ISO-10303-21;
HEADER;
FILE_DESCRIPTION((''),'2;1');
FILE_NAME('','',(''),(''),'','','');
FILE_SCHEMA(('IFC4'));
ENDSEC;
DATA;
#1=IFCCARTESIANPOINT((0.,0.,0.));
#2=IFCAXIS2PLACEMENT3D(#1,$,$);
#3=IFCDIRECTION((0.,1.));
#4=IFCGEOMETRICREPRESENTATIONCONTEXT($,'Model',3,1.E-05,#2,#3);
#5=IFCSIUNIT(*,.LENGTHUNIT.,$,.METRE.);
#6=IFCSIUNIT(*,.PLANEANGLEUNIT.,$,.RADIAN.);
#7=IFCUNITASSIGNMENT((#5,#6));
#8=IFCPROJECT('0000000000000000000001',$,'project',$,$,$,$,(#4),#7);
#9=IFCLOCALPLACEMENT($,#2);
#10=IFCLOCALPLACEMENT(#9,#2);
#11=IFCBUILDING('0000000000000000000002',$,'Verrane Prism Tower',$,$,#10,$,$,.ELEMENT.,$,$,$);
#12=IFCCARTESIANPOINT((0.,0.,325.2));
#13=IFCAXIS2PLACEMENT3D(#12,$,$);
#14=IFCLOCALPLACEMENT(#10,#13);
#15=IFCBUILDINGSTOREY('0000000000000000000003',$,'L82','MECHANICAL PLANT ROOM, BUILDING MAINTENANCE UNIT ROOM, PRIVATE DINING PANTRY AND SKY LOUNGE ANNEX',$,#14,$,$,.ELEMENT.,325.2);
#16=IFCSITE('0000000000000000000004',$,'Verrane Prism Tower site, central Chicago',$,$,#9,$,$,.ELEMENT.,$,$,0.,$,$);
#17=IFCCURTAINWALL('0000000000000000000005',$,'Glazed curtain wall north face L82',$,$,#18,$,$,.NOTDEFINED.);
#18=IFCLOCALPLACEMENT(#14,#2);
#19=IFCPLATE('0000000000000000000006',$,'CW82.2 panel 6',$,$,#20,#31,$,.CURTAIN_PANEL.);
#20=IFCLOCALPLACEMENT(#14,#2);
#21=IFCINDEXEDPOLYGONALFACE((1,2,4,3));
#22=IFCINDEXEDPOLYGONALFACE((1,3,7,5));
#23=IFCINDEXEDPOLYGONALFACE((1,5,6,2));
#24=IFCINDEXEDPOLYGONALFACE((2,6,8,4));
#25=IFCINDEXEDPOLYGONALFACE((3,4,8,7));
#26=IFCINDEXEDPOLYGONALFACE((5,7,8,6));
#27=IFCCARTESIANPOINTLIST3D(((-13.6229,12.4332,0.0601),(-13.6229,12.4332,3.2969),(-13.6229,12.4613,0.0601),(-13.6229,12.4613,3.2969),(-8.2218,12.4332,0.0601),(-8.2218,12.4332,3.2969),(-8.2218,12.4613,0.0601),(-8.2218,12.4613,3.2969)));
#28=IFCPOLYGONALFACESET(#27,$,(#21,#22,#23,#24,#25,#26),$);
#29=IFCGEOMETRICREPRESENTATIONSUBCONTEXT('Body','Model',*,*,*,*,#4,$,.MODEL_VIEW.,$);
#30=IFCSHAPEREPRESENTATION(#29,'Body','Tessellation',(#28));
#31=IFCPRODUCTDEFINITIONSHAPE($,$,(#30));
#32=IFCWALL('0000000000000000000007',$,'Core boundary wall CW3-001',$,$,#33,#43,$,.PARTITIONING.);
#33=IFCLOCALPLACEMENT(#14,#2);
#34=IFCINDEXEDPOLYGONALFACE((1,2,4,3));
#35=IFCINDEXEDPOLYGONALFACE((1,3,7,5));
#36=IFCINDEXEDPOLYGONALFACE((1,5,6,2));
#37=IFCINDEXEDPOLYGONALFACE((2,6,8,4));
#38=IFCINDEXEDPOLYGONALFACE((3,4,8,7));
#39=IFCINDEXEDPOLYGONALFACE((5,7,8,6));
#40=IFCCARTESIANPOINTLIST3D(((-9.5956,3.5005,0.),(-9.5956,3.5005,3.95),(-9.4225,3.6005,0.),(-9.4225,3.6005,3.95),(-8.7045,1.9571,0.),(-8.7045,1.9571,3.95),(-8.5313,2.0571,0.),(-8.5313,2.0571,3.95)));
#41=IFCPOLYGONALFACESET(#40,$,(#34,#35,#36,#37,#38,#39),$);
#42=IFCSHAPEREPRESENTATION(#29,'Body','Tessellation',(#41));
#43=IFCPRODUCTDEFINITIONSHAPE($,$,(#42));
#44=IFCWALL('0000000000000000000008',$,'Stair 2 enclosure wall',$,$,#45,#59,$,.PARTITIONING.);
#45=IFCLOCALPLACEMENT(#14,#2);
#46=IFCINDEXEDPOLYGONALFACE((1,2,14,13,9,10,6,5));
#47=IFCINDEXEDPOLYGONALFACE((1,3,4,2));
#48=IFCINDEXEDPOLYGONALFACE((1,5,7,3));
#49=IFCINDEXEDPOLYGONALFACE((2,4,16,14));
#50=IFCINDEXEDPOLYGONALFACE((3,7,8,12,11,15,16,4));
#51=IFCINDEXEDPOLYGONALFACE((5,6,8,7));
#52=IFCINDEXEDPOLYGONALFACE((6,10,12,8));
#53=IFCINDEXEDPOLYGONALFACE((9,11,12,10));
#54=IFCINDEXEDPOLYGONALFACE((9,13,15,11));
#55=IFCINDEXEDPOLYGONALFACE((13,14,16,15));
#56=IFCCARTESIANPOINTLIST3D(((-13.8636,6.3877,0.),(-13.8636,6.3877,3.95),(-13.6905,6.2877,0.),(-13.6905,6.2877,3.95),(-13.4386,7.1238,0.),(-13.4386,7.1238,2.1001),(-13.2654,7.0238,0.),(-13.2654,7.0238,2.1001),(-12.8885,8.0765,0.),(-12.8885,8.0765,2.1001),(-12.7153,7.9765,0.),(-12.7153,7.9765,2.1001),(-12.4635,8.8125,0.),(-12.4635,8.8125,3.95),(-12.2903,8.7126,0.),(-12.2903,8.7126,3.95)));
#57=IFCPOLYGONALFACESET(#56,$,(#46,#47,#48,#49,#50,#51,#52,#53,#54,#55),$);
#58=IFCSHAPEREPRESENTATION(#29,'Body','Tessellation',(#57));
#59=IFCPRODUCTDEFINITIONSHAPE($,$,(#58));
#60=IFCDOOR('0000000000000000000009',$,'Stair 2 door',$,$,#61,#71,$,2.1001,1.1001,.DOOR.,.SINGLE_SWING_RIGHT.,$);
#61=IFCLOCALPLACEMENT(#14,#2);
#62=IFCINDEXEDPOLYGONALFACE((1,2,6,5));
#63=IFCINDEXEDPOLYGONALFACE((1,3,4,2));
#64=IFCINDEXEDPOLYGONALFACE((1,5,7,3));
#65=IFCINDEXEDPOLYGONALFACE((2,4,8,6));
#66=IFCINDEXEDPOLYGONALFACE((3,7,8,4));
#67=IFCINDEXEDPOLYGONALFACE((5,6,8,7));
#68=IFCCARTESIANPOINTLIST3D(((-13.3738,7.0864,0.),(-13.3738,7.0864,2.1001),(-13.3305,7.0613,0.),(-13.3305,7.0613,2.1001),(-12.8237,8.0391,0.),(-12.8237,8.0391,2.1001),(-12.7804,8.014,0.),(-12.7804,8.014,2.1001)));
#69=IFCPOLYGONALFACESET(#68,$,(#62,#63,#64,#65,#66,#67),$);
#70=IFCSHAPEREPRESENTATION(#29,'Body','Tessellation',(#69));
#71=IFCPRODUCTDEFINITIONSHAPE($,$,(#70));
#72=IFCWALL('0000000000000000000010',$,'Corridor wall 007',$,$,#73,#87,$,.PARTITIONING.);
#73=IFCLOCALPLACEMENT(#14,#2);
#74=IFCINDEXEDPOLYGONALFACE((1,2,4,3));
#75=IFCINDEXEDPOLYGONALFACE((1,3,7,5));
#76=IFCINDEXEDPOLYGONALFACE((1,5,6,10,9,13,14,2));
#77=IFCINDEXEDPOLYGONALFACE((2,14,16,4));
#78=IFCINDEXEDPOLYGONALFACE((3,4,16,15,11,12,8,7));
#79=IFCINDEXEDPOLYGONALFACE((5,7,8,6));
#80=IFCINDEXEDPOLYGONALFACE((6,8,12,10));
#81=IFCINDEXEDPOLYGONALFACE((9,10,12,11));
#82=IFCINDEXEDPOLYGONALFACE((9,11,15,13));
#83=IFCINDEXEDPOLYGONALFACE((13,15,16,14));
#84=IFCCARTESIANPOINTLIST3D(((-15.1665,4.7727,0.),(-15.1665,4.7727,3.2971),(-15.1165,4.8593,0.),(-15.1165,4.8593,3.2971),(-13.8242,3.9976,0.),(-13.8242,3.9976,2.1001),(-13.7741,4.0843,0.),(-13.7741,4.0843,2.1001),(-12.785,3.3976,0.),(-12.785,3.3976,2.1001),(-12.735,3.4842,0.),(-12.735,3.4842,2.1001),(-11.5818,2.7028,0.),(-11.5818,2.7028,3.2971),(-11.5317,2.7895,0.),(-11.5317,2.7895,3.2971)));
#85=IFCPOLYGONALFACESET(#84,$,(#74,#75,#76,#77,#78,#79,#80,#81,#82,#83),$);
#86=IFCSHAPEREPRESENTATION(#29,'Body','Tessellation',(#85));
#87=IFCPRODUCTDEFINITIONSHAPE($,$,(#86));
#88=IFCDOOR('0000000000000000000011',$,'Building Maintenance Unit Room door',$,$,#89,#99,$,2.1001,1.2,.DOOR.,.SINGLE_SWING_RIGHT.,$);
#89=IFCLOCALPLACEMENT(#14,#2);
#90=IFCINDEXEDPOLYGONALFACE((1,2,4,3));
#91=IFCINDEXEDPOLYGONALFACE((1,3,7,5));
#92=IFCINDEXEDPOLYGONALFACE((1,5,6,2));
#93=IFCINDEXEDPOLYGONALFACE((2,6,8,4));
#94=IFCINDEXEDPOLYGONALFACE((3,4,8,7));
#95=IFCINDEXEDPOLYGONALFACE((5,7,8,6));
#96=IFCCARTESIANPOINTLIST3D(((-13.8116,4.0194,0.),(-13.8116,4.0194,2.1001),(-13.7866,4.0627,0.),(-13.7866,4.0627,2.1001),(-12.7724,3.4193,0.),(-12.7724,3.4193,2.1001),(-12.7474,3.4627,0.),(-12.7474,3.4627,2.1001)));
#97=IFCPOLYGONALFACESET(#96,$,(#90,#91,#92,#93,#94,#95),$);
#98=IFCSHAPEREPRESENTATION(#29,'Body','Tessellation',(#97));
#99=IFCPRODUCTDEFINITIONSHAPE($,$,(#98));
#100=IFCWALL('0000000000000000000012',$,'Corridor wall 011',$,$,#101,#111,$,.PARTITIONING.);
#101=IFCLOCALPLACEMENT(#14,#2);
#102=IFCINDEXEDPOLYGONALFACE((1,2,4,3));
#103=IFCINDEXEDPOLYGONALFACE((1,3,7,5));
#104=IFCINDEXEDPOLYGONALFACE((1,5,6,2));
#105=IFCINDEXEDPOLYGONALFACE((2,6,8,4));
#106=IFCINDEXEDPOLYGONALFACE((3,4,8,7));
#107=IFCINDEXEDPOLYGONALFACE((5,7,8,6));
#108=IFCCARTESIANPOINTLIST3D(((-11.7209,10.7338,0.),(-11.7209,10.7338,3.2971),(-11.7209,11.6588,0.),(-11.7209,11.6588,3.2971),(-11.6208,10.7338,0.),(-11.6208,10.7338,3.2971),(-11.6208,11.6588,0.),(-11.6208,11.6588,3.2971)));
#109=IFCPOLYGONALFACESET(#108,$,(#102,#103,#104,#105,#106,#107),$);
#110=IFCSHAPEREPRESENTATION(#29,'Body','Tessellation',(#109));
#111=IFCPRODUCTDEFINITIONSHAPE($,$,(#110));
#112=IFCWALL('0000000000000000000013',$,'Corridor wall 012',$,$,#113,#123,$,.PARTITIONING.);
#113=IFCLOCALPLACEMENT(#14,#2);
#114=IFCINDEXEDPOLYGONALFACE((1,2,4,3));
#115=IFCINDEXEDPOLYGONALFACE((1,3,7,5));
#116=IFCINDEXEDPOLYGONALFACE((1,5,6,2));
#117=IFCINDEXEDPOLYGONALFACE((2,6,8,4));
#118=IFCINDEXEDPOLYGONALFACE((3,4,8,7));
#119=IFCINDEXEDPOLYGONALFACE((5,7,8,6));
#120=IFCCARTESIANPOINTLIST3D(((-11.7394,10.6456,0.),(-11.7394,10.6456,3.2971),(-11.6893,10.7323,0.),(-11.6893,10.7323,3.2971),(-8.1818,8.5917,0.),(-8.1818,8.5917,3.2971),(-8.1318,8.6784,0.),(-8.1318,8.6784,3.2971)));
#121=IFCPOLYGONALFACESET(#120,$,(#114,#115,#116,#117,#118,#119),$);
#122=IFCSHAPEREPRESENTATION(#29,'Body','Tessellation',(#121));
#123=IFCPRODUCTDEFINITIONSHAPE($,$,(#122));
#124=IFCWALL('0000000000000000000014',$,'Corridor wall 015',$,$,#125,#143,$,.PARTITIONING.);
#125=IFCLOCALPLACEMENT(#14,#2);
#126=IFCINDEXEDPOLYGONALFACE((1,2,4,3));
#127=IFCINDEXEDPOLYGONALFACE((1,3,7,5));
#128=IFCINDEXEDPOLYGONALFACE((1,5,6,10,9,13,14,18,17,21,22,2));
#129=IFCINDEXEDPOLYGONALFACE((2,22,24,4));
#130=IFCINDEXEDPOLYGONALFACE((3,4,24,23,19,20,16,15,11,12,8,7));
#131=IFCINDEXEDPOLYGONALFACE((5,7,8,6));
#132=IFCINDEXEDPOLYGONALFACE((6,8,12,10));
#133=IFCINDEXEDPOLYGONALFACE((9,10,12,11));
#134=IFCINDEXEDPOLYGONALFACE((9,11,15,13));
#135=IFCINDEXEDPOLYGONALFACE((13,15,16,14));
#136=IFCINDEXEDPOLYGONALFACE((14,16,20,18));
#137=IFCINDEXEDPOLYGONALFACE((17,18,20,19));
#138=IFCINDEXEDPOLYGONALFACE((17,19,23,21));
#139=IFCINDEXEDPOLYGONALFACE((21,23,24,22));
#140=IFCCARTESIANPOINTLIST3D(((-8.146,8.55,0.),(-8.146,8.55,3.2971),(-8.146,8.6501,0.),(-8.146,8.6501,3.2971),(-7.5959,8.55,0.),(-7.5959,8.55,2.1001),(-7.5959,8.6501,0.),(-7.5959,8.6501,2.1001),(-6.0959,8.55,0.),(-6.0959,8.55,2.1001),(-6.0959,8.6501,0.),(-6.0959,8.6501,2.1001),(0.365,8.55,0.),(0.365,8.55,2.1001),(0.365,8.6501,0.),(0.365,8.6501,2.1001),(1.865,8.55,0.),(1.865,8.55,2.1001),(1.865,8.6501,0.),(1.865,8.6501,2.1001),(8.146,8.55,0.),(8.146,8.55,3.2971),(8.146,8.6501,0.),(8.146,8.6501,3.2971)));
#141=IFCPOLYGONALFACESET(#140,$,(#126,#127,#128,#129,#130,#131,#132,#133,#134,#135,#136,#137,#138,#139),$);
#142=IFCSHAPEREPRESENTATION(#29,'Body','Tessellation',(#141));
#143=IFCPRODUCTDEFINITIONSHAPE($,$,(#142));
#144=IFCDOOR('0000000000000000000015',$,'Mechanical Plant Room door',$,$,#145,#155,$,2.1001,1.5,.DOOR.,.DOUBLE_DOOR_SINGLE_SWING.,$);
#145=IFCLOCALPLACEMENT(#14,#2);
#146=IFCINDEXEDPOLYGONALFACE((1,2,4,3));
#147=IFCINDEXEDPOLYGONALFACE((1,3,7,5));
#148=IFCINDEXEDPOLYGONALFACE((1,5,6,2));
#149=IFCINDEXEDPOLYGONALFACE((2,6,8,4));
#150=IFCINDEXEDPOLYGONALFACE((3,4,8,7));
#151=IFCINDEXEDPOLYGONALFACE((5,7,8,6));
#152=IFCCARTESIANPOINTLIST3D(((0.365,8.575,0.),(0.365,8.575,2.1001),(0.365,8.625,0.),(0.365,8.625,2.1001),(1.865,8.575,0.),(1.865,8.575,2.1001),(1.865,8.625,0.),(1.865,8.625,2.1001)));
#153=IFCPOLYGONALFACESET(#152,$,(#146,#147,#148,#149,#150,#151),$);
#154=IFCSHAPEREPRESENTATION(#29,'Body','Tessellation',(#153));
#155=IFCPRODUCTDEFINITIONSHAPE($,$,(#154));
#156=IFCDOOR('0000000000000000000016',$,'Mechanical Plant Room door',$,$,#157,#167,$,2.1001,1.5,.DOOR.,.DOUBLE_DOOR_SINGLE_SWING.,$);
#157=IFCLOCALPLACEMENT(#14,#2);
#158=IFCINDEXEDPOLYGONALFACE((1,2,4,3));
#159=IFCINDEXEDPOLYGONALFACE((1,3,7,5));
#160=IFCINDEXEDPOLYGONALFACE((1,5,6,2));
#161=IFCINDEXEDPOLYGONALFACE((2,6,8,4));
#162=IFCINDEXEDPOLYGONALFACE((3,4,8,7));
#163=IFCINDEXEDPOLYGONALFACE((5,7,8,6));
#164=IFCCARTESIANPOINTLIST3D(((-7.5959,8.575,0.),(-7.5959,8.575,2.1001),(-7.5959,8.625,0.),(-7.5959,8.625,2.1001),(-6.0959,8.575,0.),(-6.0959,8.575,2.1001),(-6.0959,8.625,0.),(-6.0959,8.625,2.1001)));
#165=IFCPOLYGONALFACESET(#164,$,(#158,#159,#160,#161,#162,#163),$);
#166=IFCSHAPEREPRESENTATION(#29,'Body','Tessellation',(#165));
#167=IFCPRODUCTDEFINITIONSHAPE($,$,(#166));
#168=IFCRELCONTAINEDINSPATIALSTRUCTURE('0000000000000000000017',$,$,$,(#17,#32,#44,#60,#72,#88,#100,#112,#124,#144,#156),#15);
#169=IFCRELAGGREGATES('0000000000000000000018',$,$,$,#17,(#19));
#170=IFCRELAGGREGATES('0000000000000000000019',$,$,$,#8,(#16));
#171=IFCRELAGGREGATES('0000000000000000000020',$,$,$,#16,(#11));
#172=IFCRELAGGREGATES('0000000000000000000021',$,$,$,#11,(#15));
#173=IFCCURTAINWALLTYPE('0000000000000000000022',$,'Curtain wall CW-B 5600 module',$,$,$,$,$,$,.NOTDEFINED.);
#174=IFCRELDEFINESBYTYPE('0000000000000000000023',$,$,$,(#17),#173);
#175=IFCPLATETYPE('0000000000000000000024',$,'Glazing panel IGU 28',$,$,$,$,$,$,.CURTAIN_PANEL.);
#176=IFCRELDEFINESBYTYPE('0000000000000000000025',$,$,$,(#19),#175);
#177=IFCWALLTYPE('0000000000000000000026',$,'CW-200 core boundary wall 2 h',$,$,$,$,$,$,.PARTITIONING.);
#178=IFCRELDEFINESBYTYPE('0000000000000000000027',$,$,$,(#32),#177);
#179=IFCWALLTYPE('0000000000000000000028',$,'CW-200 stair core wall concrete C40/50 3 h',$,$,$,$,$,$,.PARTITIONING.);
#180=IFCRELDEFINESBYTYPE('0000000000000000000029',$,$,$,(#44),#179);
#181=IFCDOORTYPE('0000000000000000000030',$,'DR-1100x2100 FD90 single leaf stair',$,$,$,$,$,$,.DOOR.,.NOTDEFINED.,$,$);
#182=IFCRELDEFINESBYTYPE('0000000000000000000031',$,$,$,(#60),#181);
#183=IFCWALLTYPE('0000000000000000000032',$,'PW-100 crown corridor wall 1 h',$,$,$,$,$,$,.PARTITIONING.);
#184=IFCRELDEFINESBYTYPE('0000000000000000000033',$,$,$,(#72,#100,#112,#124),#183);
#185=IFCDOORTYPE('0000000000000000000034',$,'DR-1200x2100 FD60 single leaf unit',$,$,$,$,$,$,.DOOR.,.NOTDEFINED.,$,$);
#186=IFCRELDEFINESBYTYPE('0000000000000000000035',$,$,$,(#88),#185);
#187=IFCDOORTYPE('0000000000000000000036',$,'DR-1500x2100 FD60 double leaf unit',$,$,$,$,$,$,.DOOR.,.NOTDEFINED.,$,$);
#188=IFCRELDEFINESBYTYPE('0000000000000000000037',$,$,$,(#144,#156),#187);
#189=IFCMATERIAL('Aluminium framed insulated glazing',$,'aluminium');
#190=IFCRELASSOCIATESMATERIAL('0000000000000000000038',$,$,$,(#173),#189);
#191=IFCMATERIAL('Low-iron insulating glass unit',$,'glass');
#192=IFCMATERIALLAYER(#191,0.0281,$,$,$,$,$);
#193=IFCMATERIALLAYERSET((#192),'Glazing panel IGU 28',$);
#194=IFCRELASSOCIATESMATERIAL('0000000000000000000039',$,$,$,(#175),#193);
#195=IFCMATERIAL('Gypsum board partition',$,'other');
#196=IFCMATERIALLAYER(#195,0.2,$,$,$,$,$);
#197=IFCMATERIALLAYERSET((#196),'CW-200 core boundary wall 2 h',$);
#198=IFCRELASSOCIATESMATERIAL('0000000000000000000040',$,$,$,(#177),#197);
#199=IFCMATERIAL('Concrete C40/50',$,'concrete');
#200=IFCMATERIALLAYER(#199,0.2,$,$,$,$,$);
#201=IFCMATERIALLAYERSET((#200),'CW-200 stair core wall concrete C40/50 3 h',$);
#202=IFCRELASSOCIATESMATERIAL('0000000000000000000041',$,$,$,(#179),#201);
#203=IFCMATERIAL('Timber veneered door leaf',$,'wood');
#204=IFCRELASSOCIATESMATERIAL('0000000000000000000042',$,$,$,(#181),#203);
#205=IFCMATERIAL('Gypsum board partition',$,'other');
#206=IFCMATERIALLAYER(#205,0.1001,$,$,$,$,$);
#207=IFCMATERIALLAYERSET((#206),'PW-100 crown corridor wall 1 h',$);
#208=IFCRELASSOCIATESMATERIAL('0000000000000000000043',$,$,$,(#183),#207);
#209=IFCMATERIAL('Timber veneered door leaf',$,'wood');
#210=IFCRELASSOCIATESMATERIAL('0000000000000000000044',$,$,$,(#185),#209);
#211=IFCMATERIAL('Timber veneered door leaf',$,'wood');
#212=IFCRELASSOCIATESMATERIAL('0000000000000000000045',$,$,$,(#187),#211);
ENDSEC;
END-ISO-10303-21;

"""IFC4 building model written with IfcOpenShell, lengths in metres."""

from ifc_helpers import new_model, si_unit, direction, frame, frame_2d, origin, origin_2d, place, context, subcontext, project, spatial, rectangle, extrude, material, layer, layer_set, type_object, element, fill, aggregate, save


model = new_model("IFC4")

# Units and contexts
model_context = context("Model", 3, precision=1e-05, world=origin(), true_north=direction((0.0, 1.0)))
body_context = subcontext(model_context, "Body", "Model", "MODEL_VIEW")
ifc_project = project(units=[si_unit("LENGTHUNIT", "METRE"), si_unit("PLANEANGLEUNIT", "RADIAN")], contexts=[model_context])

# Site, building, storey
site_placement = place(None, origin())
site = spatial("IfcSite", under=ifc_project, at=site_placement, Name="Verrane Prism Tower site, central Chicago", CompositionType="ELEMENT", RefElevation=0.0)
building_placement = place(site_placement, origin())
building = spatial("IfcBuilding", under=site, at=building_placement, Name="Verrane Prism Tower", CompositionType="ELEMENT")
storey_placement = place(building_placement, frame((0.0, 0.0, 325.2)))
storey = spatial("IfcBuildingStorey", under=building, at=storey_placement, Name="L82", Description="MECHANICAL PLANT ROOM, BUILDING MAINTENANCE UNIT ROOM, PRIVATE DINING PANTRY AND SKY LOUNGE ANNEX", CompositionType="ELEMENT", Elevation=325.2)

# Curtain wall
ifc_material_1 = material(Name="Aluminium framed insulated glazing", Category="aluminium")
curtain_wall_type = type_object("IfcCurtainWallType", Name="Curtain wall CW-B 5600 module", PredefinedType="NOTDEFINED", material=ifc_material_1)
curtain_wall_placement = place(storey_placement, origin())
curtain_wall = element("IfcCurtainWall", 1, at=curtain_wall_placement, inside=storey, type_object=curtain_wall_type, Name="Glazed curtain wall north face L82", PredefinedType="NOTDEFINED")

# Plate
ifc_material_2 = material(Name="Low-iron insulating glass unit", Category="glass")
ifc_layer_1 = layer(ifc_material_2, 0.0281)
ifc_layer_set_1 = layer_set([ifc_layer_1], Name="Glazing panel IGU 28")
plate_type = type_object("IfcPlateType", Name="Glazing panel IGU 28", PredefinedType="CURTAIN_PANEL", material=ifc_layer_set_1)
plate_placement = place(storey_placement, frame((-10.9224, 12.4473, 0.0601), z_axis=(0.0, 0.0, 1.0), x_axis=(-1.0, 0.0, 0.0)))
plate = element("IfcPlate", 2, at=plate_placement, type_object=plate_type, Name="CW82.2 panel 6", PredefinedType="CURTAIN_PANEL", context=body_context, shape_type="SweptSolid", body=[
    extrude(rectangle(XDim=5.4011, YDim=0.0281, at=origin_2d()), origin(), (0.0, 0.0, 1.0), 3.2368),
])
aggregate(curtain_wall, [plate])

# Wall
ifc_material_3 = material(Name="Gypsum board partition", Category="other")
ifc_layer_2 = layer(ifc_material_3, 0.2)
ifc_layer_set_2 = layer_set([ifc_layer_2], Name="CW-200 core boundary wall 2 h")
wall_type_1 = type_object("IfcWallType", Name="CW-200 core boundary wall 2 h", PredefinedType="PARTITIONING", material=ifc_layer_set_2)
wall_1_placement = place(storey_placement, frame((-9.509, 3.5505, 0.0), z_axis=(0.0, 0.0, 1.0), x_axis=(0.499999, -0.866026, 0.0)))
element("IfcWall", 3, at=wall_1_placement, inside=storey, type_object=wall_type_1, Name="Core boundary wall CW3-001", PredefinedType="PARTITIONING", context=body_context, shape_type="SweptSolid", body=[
    extrude(rectangle(XDim=1.7822, YDim=0.2, at=frame_2d((0.8911, 0.0))), origin(), (0.0, 0.0, 1.0), 3.95),
])

# Walls, openings, doors
ifc_material_4 = material(Name="Concrete C40/50", Category="concrete")
ifc_layer_3 = layer(ifc_material_4, 0.2)
ifc_layer_set_3 = layer_set([ifc_layer_3], Name="CW-200 stair core wall concrete C40/50 3 h")
wall_type_2 = type_object("IfcWallType", Name="CW-200 stair core wall concrete C40/50 3 h", PredefinedType="PARTITIONING", material=ifc_layer_set_3)
wall_2_placement = place(storey_placement, frame((-12.377, 8.7625, 0.0), z_axis=(0.0, 0.0, 1.0), x_axis=(-0.50005, -0.865997, 0.0)))
wall_2 = element("IfcWall", 4, at=wall_2_placement, inside=storey, type_object=wall_type_2, Name="Stair 2 enclosure wall", PredefinedType="PARTITIONING", context=body_context, shape_type="SweptSolid", body=[
    extrude(rectangle(XDim=2.8, YDim=0.2, at=frame_2d((1.3999, 0.0))), origin(), (0.0, 0.0, 1.0), 3.95),
])
opening_1_placement = place(wall_2_placement, frame((0.8499, 0.0, 0.0)))
opening_1 = element("IfcOpeningElement", 5, at=opening_1_placement, cuts=wall_2, PredefinedType="OPENING", context=body_context, shape_type="SweptSolid", body=[
    extrude(rectangle(XDim=1.1001, YDim=2.1001, at=frame_2d((0.55, 1.05))), frame((0.0, 0.1099, 0.0), z_axis=(0.0, -1.0, 0.0), x_axis=(1.0, 0.0, 0.0)), (0.0, 0.0, 1.0), 0.22),
])
ifc_material_5 = material(Name="Timber veneered door leaf", Category="wood")
door_type_1 = type_object("IfcDoorType", Name="DR-1100x2100 FD90 single leaf stair", OperationType="NOTDEFINED", PredefinedType="DOOR", material=ifc_material_5)
door_1_placement = place(opening_1_placement, origin())
door_1 = element("IfcDoor", 6, at=door_1_placement, inside=storey, type_object=door_type_1, Name="Stair 2 door", OperationType="SINGLE_SWING_RIGHT", OverallHeight=2.1001, OverallWidth=1.1001, PredefinedType="DOOR", context=body_context, shape_type="SweptSolid", body=[
    extrude(rectangle(XDim=1.1001, YDim=2.1001, at=frame_2d((0.55, 1.05))), frame((0.0, 0.0249, 0.0), z_axis=(0.0, -1.0, 0.0), x_axis=(1.0, 0.0, 0.0)), (0.0, 0.0, 1.0), 0.05),
])
fill(opening_1, door_1)
ifc_material_6 = material(Name="Gypsum board partition", Category="other")
ifc_layer_4 = layer(ifc_material_6, 0.1001)
ifc_layer_set_4 = layer_set([ifc_layer_4], Name="PW-100 crown corridor wall 1 h")
wall_type_3 = type_object("IfcWallType", Name="PW-100 crown corridor wall 1 h", PredefinedType="PARTITIONING", material=ifc_layer_set_4)
wall_3_placement = place(storey_placement, frame((-11.5566, 2.7461, 0.0), z_axis=(0.0, 0.0, 1.0), x_axis=(-0.866006, 0.500034, 0.0)))
wall_3 = element("IfcWall", 7, at=wall_3_placement, inside=storey, type_object=wall_type_3, Name="Corridor wall 007", PredefinedType="PARTITIONING", context=body_context, shape_type="SweptSolid", body=[
    extrude(rectangle(XDim=4.1394, YDim=0.1001, at=frame_2d((2.0698, 0.0))), origin(), (0.0, 0.0, 1.0), 3.2971),
])
opening_2_placement = place(wall_3_placement, frame((1.3894, 0.0, 0.0)))
opening_2 = element("IfcOpeningElement", 8, at=opening_2_placement, cuts=wall_3, PredefinedType="OPENING", context=body_context, shape_type="SweptSolid", body=[
    extrude(rectangle(XDim=1.2, YDim=2.1001, at=frame_2d((0.6001, 1.05))), frame((0.0, 0.0601, 0.0), z_axis=(0.0, -1.0, 0.0), x_axis=(1.0, 0.0, 0.0)), (0.0, 0.0, 1.0), 0.1201),
])
ifc_material_7 = material(Name="Timber veneered door leaf", Category="wood")
door_type_2 = type_object("IfcDoorType", Name="DR-1200x2100 FD60 single leaf unit", OperationType="NOTDEFINED", PredefinedType="DOOR", material=ifc_material_7)
door_2_placement = place(opening_2_placement, origin())
door_2 = element("IfcDoor", 9, at=door_2_placement, inside=storey, type_object=door_type_2, Name="Building Maintenance Unit Room door", OperationType="SINGLE_SWING_RIGHT", OverallHeight=2.1001, OverallWidth=1.2, PredefinedType="DOOR", context=body_context, shape_type="SweptSolid", body=[
    extrude(rectangle(XDim=1.2, YDim=2.1001, at=frame_2d((0.6001, 1.05))), frame((0.0, 0.0249, 0.0), z_axis=(0.0, -1.0, 0.0), x_axis=(1.0, 0.0, 0.0)), (0.0, 0.0, 1.0), 0.05),
])
fill(opening_2, door_2)

# Walls
wall_4_placement = place(storey_placement, frame((-11.6709, 10.7339, 0.0), z_axis=(0.0, 0.0, 1.0), x_axis=(0.0, 1.0, 0.0)))
element("IfcWall", 10, at=wall_4_placement, inside=storey, type_object=wall_type_3, Name="Corridor wall 011", PredefinedType="PARTITIONING", context=body_context, shape_type="SweptSolid", body=[
    extrude(rectangle(XDim=0.925, YDim=0.1001, at=frame_2d((0.4624, 0.0))), origin(), (0.0, 0.0, 1.0), 3.2971),
])
wall_5_placement = place(storey_placement, frame((-11.7144, 10.689, 0.0), z_axis=(0.0, 0.0, 1.0), x_axis=(0.866029, -0.499993, 0.0)))
element("IfcWall", 11, at=wall_5_placement, inside=storey, type_object=wall_type_3, Name="Corridor wall 012", PredefinedType="PARTITIONING", context=body_context, shape_type="SweptSolid", body=[
    extrude(rectangle(XDim=4.1079, YDim=0.1001, at=frame_2d((2.054, 0.0))), origin(), (0.0, 0.0, 1.0), 3.2971),
])

# Wall, openings, doors
wall_6_placement = place(storey_placement, frame((-8.146, 8.6001, 0.0), z_axis=(0.0, 0.0, 1.0), x_axis=(1.0, 0.0, 0.0)))
wall_6 = element("IfcWall", 12, at=wall_6_placement, inside=storey, type_object=wall_type_3, Name="Corridor wall 015", PredefinedType="PARTITIONING", context=body_context, shape_type="SweptSolid", body=[
    extrude(rectangle(XDim=16.292, YDim=0.1001, at=frame_2d((8.146, 0.0))), origin(), (0.0, 0.0, 1.0), 3.2971),
])
opening_3_placement = place(wall_6_placement, frame((8.511, 0.0, 0.0)))
opening_3 = element("IfcOpeningElement", 13, at=opening_3_placement, cuts=wall_6, PredefinedType="OPENING", context=body_context, shape_type="SweptSolid", body=[
    extrude(rectangle(XDim=1.5, YDim=2.1001, at=frame_2d((0.75, 1.05))), frame((0.0, 0.0601, 0.0), z_axis=(0.0, -1.0, 0.0), x_axis=(1.0, 0.0, 0.0)), (0.0, 0.0, 1.0), 0.1201),
])
opening_4_placement = place(wall_6_placement, frame((0.55, 0.0, 0.0)))
opening_4 = element("IfcOpeningElement", 14, at=opening_4_placement, cuts=wall_6, PredefinedType="OPENING", context=body_context, shape_type="SweptSolid", body=[
    extrude(rectangle(XDim=1.5, YDim=2.1001, at=frame_2d((0.75, 1.05))), frame((0.0, 0.0601, 0.0), z_axis=(0.0, -1.0, 0.0), x_axis=(1.0, 0.0, 0.0)), (0.0, 0.0, 1.0), 0.1201),
])
ifc_material_8 = material(Name="Timber veneered door leaf", Category="wood")
door_type_3 = type_object("IfcDoorType", Name="DR-1500x2100 FD60 double leaf unit", OperationType="NOTDEFINED", PredefinedType="DOOR", material=ifc_material_8)
door_3_placement = place(opening_3_placement, origin())
door_3 = element("IfcDoor", 15, at=door_3_placement, inside=storey, type_object=door_type_3, Name="Mechanical Plant Room door", OperationType="DOUBLE_DOOR_SINGLE_SWING", OverallHeight=2.1001, OverallWidth=1.5, PredefinedType="DOOR", context=body_context, shape_type="SweptSolid", body=[
    extrude(rectangle(XDim=1.5, YDim=2.1001, at=frame_2d((0.75, 1.05))), frame((0.0, 0.0249, 0.0), z_axis=(0.0, -1.0, 0.0), x_axis=(1.0, 0.0, 0.0)), (0.0, 0.0, 1.0), 0.05),
])
fill(opening_3, door_3)
door_4_placement = place(opening_4_placement, origin())
door_4 = element("IfcDoor", 16, at=door_4_placement, inside=storey, type_object=door_type_3, Name="Mechanical Plant Room door", OperationType="DOUBLE_DOOR_SINGLE_SWING", OverallHeight=2.1001, OverallWidth=1.5, PredefinedType="DOOR", context=body_context, shape_type="SweptSolid", body=[
    extrude(rectangle(XDim=1.5, YDim=2.1001, at=frame_2d((0.75, 1.05))), frame((0.0, 0.0249, 0.0), z_axis=(0.0, -1.0, 0.0), x_axis=(1.0, 0.0, 0.0)), (0.0, 0.0, 1.0), 0.05),
])
fill(opening_4, door_4)

save(model, "model.ifc")
